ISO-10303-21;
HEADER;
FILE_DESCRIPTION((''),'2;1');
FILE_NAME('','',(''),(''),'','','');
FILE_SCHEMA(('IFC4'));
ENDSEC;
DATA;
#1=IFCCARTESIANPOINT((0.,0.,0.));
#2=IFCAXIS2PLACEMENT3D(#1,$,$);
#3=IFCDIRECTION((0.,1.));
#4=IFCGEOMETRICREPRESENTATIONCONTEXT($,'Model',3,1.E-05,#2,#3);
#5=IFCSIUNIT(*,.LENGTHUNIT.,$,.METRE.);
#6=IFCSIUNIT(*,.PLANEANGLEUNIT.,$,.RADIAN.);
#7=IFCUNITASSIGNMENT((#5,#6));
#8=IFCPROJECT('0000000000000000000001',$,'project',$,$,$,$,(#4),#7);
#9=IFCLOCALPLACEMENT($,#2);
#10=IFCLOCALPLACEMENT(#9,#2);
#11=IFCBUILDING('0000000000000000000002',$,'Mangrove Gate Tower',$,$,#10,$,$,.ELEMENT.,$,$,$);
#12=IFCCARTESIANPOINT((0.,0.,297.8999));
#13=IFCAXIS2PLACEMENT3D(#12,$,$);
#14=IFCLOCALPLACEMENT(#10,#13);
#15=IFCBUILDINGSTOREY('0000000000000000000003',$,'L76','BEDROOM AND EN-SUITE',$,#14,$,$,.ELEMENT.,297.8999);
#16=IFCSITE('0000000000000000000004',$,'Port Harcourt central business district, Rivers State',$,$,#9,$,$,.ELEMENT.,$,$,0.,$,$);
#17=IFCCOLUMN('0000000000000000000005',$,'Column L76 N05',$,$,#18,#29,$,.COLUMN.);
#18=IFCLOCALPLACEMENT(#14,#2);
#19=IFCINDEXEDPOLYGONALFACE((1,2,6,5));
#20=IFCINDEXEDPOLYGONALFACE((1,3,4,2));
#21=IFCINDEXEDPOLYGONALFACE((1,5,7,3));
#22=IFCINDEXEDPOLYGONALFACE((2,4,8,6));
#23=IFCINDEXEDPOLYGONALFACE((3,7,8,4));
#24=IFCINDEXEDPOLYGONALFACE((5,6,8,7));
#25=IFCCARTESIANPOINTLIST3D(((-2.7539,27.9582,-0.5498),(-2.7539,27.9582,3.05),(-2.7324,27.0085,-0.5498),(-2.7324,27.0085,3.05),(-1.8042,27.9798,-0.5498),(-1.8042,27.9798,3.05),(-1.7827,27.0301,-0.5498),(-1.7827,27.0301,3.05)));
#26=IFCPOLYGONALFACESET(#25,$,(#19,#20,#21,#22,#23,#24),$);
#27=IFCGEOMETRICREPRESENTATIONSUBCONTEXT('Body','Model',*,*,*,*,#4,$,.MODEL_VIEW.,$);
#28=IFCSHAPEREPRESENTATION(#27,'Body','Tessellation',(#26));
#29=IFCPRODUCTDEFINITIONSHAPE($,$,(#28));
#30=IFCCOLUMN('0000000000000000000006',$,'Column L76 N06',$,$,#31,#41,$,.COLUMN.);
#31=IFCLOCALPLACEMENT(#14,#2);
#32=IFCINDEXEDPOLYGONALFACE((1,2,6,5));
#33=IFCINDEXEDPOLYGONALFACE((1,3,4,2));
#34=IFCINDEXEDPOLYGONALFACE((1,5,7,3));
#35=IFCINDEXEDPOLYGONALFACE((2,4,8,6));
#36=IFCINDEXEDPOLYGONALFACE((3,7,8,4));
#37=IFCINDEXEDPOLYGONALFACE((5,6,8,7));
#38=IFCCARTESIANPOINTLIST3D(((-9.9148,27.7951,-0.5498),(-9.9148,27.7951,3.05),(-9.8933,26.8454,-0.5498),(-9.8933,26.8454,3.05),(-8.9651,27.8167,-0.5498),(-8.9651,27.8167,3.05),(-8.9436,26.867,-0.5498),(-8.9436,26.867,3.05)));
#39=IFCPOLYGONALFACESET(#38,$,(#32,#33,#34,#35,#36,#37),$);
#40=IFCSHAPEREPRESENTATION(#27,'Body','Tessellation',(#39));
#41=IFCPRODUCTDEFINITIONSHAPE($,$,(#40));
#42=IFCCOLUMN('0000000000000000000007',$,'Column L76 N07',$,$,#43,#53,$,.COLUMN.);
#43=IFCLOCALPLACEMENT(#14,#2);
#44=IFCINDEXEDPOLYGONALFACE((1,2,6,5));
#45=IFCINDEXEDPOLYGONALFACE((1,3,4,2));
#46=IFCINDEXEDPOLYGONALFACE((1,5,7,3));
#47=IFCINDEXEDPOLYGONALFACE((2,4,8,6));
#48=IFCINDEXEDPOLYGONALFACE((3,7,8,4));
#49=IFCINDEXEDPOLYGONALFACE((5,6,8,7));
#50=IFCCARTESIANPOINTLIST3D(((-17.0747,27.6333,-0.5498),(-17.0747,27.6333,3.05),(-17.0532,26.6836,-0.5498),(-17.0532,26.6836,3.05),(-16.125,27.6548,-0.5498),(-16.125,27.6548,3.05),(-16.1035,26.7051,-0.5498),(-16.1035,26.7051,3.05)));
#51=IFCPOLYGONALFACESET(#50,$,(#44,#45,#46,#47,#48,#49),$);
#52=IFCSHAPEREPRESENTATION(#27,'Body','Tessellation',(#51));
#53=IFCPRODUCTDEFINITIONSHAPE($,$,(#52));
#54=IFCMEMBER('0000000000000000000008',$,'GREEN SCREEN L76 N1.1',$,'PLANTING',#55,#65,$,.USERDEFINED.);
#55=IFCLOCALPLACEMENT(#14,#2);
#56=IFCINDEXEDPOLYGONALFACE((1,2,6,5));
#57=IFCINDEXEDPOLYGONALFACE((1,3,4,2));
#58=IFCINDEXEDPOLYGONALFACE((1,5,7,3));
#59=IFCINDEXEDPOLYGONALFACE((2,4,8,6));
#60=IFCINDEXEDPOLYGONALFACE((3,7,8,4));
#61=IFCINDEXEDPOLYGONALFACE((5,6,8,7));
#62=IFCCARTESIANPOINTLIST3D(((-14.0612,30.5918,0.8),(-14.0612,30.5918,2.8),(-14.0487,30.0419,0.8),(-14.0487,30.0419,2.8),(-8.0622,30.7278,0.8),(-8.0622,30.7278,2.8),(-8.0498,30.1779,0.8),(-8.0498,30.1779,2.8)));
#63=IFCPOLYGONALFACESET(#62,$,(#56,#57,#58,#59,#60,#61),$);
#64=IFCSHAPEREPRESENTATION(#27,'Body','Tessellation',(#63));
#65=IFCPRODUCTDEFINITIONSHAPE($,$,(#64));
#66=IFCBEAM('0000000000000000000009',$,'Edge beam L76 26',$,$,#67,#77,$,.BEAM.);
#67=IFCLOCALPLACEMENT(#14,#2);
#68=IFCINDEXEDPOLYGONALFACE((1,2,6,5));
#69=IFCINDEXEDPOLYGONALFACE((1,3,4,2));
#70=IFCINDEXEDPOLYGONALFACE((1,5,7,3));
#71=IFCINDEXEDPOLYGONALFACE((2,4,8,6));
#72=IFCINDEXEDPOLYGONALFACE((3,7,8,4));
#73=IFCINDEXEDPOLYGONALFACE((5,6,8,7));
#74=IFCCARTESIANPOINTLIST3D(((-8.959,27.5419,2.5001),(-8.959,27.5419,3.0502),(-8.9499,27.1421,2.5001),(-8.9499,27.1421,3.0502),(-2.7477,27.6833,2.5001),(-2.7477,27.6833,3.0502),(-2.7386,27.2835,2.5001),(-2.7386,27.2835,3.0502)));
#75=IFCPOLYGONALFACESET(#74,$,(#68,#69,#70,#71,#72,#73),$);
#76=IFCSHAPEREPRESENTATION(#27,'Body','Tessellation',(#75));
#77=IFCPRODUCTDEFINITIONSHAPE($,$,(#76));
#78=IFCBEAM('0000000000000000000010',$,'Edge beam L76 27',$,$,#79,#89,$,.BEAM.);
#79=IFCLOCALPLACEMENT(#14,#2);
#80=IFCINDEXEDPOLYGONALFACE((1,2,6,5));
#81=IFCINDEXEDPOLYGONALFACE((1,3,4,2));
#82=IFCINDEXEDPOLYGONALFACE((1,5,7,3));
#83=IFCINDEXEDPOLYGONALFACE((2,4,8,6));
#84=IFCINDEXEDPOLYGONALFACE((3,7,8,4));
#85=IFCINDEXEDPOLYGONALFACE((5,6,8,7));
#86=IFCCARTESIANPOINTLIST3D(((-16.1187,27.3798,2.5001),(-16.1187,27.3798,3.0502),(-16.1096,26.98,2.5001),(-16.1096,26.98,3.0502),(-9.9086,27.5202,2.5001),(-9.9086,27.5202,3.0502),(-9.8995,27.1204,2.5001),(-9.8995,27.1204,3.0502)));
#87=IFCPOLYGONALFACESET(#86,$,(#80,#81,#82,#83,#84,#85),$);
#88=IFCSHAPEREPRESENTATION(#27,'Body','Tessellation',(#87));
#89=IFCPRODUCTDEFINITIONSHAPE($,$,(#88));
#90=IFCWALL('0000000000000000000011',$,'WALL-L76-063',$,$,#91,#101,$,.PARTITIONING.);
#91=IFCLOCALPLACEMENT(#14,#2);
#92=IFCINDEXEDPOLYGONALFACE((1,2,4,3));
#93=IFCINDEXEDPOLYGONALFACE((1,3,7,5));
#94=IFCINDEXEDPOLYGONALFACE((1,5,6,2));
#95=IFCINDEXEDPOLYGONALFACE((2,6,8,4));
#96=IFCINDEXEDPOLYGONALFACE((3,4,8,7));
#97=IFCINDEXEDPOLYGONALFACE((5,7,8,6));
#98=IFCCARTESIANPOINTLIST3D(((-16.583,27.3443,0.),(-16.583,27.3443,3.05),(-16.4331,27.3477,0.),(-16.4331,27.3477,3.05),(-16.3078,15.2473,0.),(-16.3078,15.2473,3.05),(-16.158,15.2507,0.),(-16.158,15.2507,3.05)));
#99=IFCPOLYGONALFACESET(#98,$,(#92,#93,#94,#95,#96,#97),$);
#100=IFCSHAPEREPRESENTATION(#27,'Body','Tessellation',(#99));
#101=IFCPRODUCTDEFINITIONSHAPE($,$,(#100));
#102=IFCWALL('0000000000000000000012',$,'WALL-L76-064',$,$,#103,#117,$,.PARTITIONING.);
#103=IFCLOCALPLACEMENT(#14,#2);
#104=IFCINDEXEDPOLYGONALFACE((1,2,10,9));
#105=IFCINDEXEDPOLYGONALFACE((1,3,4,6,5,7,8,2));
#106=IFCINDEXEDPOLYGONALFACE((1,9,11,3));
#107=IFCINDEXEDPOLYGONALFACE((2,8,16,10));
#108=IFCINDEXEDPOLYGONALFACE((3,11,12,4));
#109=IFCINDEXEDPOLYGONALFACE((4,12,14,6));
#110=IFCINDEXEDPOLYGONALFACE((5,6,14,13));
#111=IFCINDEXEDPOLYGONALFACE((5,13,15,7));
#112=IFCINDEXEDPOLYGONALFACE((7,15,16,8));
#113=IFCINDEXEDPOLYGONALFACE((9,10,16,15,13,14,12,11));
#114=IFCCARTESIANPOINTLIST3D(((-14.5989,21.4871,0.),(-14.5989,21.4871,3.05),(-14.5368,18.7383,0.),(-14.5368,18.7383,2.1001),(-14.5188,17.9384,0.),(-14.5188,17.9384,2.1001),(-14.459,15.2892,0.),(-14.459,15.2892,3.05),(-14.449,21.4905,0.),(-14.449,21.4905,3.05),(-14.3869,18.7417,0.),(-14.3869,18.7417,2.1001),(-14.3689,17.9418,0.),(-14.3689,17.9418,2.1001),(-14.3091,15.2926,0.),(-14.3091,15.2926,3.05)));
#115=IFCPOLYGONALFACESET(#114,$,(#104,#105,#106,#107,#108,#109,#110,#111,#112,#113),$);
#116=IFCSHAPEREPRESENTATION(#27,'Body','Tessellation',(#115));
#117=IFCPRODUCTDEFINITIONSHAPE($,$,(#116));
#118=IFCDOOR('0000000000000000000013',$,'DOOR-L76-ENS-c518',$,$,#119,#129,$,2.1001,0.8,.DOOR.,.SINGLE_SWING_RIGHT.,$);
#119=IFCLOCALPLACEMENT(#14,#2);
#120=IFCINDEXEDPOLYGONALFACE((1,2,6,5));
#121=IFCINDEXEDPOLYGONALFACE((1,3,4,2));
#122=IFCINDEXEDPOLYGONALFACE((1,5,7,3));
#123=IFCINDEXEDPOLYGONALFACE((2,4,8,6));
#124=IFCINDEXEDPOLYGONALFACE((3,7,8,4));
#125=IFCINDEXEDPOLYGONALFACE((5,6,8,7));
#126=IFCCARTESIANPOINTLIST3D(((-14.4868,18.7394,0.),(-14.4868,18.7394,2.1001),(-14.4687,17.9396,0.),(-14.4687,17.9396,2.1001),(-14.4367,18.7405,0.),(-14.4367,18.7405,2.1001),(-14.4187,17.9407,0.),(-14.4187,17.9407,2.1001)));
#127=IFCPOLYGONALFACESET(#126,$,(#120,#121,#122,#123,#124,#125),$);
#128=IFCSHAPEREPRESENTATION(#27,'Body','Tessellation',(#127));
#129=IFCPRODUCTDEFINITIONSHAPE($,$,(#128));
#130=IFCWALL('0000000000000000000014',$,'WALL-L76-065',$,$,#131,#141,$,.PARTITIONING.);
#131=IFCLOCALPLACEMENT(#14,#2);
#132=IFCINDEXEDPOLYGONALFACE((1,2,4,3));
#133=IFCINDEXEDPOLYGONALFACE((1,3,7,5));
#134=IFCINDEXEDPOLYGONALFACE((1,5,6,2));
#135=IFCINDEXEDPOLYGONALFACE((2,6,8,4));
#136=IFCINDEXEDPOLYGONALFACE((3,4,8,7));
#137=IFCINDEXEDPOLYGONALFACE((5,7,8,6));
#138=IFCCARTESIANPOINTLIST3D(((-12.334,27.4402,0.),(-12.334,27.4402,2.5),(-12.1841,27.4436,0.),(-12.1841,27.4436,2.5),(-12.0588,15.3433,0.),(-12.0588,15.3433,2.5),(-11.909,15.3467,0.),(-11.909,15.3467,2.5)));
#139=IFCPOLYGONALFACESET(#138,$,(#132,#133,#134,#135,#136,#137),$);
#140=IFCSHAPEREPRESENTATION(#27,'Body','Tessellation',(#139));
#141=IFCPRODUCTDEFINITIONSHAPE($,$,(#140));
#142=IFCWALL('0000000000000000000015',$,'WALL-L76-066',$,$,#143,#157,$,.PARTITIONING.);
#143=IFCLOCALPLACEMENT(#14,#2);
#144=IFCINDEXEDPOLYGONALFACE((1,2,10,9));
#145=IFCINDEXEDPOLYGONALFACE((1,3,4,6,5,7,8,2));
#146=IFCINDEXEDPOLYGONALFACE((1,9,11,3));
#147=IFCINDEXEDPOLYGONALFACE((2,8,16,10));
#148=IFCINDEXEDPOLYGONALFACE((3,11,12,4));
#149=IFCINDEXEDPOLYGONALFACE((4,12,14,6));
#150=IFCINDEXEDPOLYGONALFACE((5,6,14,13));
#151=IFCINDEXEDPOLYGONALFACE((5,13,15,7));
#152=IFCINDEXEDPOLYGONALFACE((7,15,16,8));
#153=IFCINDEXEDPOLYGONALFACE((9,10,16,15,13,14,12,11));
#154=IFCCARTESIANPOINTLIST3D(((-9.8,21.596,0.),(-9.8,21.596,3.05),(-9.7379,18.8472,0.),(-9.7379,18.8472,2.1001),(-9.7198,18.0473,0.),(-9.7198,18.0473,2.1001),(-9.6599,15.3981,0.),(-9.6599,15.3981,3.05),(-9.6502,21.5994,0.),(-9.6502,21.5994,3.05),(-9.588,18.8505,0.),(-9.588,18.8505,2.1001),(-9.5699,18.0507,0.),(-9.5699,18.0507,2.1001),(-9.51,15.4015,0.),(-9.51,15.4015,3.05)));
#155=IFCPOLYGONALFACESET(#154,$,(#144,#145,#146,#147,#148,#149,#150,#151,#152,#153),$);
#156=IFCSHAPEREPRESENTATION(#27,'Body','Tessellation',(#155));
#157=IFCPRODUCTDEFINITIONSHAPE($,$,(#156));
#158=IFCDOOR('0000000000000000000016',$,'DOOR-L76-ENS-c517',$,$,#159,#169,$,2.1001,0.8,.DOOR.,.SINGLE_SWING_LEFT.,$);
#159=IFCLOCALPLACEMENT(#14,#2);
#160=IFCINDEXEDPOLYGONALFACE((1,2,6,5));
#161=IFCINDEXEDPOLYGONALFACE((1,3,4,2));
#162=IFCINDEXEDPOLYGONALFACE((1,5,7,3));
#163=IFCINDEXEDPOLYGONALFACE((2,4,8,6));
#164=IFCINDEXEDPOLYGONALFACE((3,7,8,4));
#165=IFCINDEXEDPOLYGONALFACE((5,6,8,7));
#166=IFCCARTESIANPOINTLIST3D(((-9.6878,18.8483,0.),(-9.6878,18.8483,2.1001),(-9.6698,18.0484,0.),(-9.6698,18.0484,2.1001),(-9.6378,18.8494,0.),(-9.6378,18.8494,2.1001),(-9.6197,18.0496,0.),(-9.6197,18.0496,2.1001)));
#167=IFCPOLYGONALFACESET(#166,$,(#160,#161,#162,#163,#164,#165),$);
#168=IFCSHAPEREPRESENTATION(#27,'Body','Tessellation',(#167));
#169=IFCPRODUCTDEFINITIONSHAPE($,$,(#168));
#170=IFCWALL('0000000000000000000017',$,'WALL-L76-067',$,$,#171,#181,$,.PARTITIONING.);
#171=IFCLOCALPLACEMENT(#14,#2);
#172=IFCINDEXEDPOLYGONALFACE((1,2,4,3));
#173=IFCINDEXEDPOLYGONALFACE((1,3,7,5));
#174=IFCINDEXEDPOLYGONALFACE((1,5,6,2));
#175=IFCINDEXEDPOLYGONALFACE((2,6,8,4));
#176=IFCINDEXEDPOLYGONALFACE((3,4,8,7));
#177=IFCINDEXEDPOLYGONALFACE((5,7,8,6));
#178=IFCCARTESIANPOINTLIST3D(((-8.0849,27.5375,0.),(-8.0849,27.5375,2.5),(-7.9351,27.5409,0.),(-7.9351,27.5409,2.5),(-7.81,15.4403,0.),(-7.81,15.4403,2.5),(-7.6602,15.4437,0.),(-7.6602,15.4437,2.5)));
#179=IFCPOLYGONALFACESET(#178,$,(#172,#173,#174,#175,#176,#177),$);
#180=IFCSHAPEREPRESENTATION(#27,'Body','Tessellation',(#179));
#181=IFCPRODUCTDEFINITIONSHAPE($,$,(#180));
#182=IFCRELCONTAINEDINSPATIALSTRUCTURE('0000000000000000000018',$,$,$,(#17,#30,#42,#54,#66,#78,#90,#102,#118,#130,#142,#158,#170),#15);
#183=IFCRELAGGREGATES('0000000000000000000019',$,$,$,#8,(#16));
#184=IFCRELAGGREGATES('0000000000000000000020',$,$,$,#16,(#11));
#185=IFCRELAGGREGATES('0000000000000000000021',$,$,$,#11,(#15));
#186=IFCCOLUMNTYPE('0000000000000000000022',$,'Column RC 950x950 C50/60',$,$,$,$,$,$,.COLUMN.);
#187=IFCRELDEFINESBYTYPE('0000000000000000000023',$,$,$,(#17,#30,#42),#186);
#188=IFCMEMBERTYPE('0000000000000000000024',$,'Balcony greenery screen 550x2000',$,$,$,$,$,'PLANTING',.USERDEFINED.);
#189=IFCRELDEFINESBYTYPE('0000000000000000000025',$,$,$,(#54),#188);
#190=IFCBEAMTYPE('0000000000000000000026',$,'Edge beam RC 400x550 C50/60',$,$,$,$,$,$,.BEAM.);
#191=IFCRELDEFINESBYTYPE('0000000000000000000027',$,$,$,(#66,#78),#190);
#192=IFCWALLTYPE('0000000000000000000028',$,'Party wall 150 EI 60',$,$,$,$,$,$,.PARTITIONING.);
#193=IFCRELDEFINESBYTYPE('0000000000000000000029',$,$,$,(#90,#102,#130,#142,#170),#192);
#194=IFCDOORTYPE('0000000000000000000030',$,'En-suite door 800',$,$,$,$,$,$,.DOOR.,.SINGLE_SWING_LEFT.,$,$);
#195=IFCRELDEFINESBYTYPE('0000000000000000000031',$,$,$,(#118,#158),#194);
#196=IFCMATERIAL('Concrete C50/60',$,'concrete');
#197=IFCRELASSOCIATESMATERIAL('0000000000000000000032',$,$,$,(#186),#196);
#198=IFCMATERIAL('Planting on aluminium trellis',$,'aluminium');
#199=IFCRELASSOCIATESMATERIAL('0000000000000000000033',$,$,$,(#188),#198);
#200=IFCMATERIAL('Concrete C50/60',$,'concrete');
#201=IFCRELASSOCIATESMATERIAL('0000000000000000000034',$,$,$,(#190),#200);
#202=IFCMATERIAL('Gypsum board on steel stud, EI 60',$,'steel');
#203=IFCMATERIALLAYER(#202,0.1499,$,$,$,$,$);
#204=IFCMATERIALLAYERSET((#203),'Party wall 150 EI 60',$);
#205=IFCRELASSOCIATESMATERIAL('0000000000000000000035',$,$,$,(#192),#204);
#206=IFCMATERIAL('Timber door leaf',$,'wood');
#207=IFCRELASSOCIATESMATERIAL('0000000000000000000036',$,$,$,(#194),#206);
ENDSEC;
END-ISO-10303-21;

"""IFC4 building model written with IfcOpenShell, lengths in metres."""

from ifc_helpers import new_model, si_unit, direction, frame, frame_2d, origin, origin_2d, place, context, subcontext, project, spatial, rectangle, extrude, material, layer, layer_set, material_profile, profile_set, type_object, element, fill, save


model = new_model("IFC4")

# Units and contexts
model_context = context("Model", 3, precision=1e-05, world=origin(), true_north=direction((0.0, 1.0)))
body_context = subcontext(model_context, "Body", "Model", "MODEL_VIEW")
ifc_project = project(units=[si_unit("LENGTHUNIT", "METRE"), si_unit("PLANEANGLEUNIT", "RADIAN")], contexts=[model_context])

# Site, building, storey
site_placement = place(None, origin())
site = spatial("IfcSite", under=ifc_project, at=site_placement, Name="Port Harcourt central business district, Rivers State", CompositionType="ELEMENT", RefElevation=0.0)
building_placement = place(site_placement, origin())
building = spatial("IfcBuilding", under=site, at=building_placement, Name="Mangrove Gate Tower", CompositionType="ELEMENT")
storey_placement = place(building_placement, frame((0.0, 0.0, 297.8999)))
storey = spatial("IfcBuildingStorey", under=building, at=storey_placement, Name="L76", Description="BEDROOM AND EN-SUITE", CompositionType="ELEMENT", Elevation=297.8999)

# Columns
ifc_material_1 = material(Name="Concrete C50/60", Category="concrete")
ifc_material_profile_1 = material_profile(ifc_material_1, rectangle(XDim=0.95, YDim=0.95, at=origin_2d()))
ifc_profile_set_1 = profile_set([ifc_material_profile_1], Name="Concrete C50/60")
column_type = type_object("IfcColumnType", Name="Column RC 950x950 C50/60", PredefinedType="COLUMN", material=ifc_profile_set_1)
for number, where, z_axis, x_axis, name in (
    (1, (-2.2683, 27.4941, -0.5498), (0.0, 0.0, 1.0), (-0.999743, -0.022688, 0.0), "Column L76 N05"),
    (2, (-9.4292, 27.3311, -0.5498), (0.0, 0.0, 1.0), (-0.999743, -0.022688, 0.0), "Column L76 N06"),
    (3, (-16.5891, 27.1692, -0.5498), (0.0, 0.0, 1.0), (-0.999743, -0.022688, 0.0), "Column L76 N07"),
):
    element("IfcColumn", number, at=place(storey_placement, frame(where, z_axis=z_axis, x_axis=x_axis)), inside=storey, type_object=column_type, Name=name, PredefinedType="COLUMN", context=body_context, shape_type="SweptSolid", body=[
        extrude(rectangle(XDim=0.95, YDim=0.95, at=origin_2d()), origin(), (0.0, 0.0, 1.0), 3.5999),
    ])

# Member
ifc_material_2 = material(Name="Planting on aluminium trellis", Category="aluminium")
ifc_material_profile_2 = material_profile(ifc_material_2, rectangle(XDim=0.55, YDim=2.0, at=origin_2d()))
ifc_profile_set_2 = profile_set([ifc_material_profile_2], Name="Planting on aluminium trellis")
member_type = type_object("IfcMemberType", Name="Balcony greenery screen 550x2000", ElementType="PLANTING", PredefinedType="USERDEFINED", material=ifc_profile_set_2)
member_placement = place(storey_placement, frame((-14.0549, 30.3169, 1.8), z_axis=(0.999743, 0.022662, 0.0), x_axis=(-0.022662, 0.999743, 0.0)))
element("IfcMember", 4, at=member_placement, inside=storey, type_object=member_type, Name="GREEN SCREEN L76 N1.1", ObjectType="PLANTING", PredefinedType="USERDEFINED", context=body_context, shape_type="SweptSolid", body=[
    extrude(rectangle(XDim=0.55, YDim=2.0, at=origin_2d()), origin(), (0.0, 0.0, 1.0), 6.0005),
])

# Beams
ifc_material_3 = material(Name="Concrete C50/60", Category="concrete")
ifc_material_profile_3 = material_profile(ifc_material_3, rectangle(XDim=0.3999, YDim=0.55, at=origin_2d()))
ifc_profile_set_3 = profile_set([ifc_material_profile_3], Name="Concrete C50/60")
beam_type = type_object("IfcBeamType", Name="Edge beam RC 400x550 C50/60", PredefinedType="BEAM", material=ifc_profile_set_3)
beam_1_placement = place(storey_placement, frame((-2.7432, 27.4834, 2.7751), z_axis=(-0.999741, -0.022753, 0.0), x_axis=(0.022753, -0.999741, 0.0)))
element("IfcBeam", 5, at=beam_1_placement, inside=storey, type_object=beam_type, Name="Edge beam L76 26", PredefinedType="BEAM", context=body_context, shape_type="SweptSolid", body=[
    extrude(rectangle(XDim=0.3999, YDim=0.55, at=origin_2d()), origin(), (0.0, 0.0, 1.0), 6.2129),
])
beam_2_placement = place(storey_placement, frame((-9.9041, 27.3203, 2.7751), z_axis=(-0.999745, -0.022599, 0.0), x_axis=(0.022599, -0.999745, 0.0)))
element("IfcBeam", 6, at=beam_2_placement, inside=storey, type_object=beam_type, Name="Edge beam L76 27", PredefinedType="BEAM", context=body_context, shape_type="SweptSolid", body=[
    extrude(rectangle(XDim=0.3999, YDim=0.55, at=origin_2d()), origin(), (0.0, 0.0, 1.0), 6.2117),
])

# Wall
ifc_material_4 = material(Name="Gypsum board on steel stud, EI 60", Category="steel")
ifc_layer_1 = layer(ifc_material_4, 0.1499)
ifc_layer_set_1 = layer_set([ifc_layer_1], Name="Party wall 150 EI 60")
wall_type_1 = type_object("IfcWallType", Name="Party wall 150 EI 60", PredefinedType="PARTITIONING", material=ifc_layer_set_1)
wall_1_placement = place(storey_placement, frame((-16.2329, 15.249, 0.0), z_axis=(0.0, 0.0, 1.0), x_axis=(-0.022739, 0.999741, 0.0)))
element("IfcWall", 7, at=wall_1_placement, inside=storey, type_object=wall_type_1, Name="WALL-L76-063", PredefinedType="PARTITIONING", context=body_context, shape_type="SweptSolid", body=[
    extrude(rectangle(XDim=12.1001, YDim=0.1499, at=frame_2d((6.05, 0.0))), origin(), (0.0, 0.0, 1.0), 3.05),
])

# Wall, opening, door
wall_2_placement = place(storey_placement, frame((-14.384, 15.291, 0.0), z_axis=(0.0, 0.0, 1.0), x_axis=(-0.022565, 0.999745, 0.0)))
wall_2 = element("IfcWall", 8, at=wall_2_placement, inside=storey, type_object=wall_type_1, Name="WALL-L76-064", PredefinedType="PARTITIONING", context=body_context, shape_type="SweptSolid", body=[
    extrude(rectangle(XDim=6.1995, YDim=0.1499, at=frame_2d((3.0996, 0.0))), origin(), (0.0, 0.0, 1.0), 3.05),
])
opening_1_placement = place(wall_2_placement, frame((2.6499, 0.0, 0.0)))
opening_1 = element("IfcOpeningElement", 9, at=opening_1_placement, cuts=wall_2, PredefinedType="OPENING", context=body_context, shape_type="SweptSolid", body=[
    extrude(rectangle(XDim=0.8, YDim=2.1001, at=frame_2d((0.3999, 1.05))), frame((0.0, 0.085, 0.0), z_axis=(0.0, -1.0, 0.0), x_axis=(1.0, 0.0, 0.0)), (0.0, 0.0, 1.0), 0.1699),
])
ifc_material_5 = material(Name="Timber door leaf", Category="wood")
door_type = type_object("IfcDoorType", Name="En-suite door 800", OperationType="SINGLE_SWING_LEFT", PredefinedType="DOOR", material=ifc_material_5)
door_1_placement = place(opening_1_placement, origin())
door_1 = element("IfcDoor", 10, at=door_1_placement, inside=storey, type_object=door_type, Name="DOOR-L76-ENS-c518", OperationType="SINGLE_SWING_RIGHT", OverallHeight=2.1001, OverallWidth=0.8, PredefinedType="DOOR", context=body_context, shape_type="SweptSolid", body=[
    extrude(rectangle(XDim=0.8, YDim=2.1001, at=frame_2d((0.3999, 1.05))), frame((0.0, 0.0249, 0.0), z_axis=(0.0, -1.0, 0.0), x_axis=(1.0, 0.0, 0.0)), (0.0, 0.0, 1.0), 0.05),
])
fill(opening_1, door_1)

# Wall
wall_3_placement = place(storey_placement, frame((-11.9839, 15.345, 0.0), z_axis=(0.0, 0.0, 1.0), x_axis=(-0.022739, 0.999741, 0.0)))
element("IfcWall", 11, at=wall_3_placement, inside=storey, type_object=wall_type_1, Name="WALL-L76-065", PredefinedType="PARTITIONING", context=body_context, shape_type="SweptSolid", body=[
    extrude(rectangle(XDim=12.1001, YDim=0.1499, at=frame_2d((6.05, 0.0))), origin(), (0.0, 0.0, 1.0), 2.5),
])

# Wall, opening, door
wall_4_placement = place(storey_placement, frame((-9.585, 15.3999, 0.0), z_axis=(0.0, 0.0, 1.0), x_axis=(-0.022604, 0.999744, 0.0)))
wall_4 = element("IfcWall", 12, at=wall_4_placement, inside=storey, type_object=wall_type_1, Name="WALL-L76-066", PredefinedType="PARTITIONING", context=body_context, shape_type="SweptSolid", body=[
    extrude(rectangle(XDim=6.1995, YDim=0.1499, at=frame_2d((3.0996, 0.0))), origin(), (0.0, 0.0, 1.0), 3.05),
])
opening_2_placement = place(wall_4_placement, frame((2.6499, 0.0, 0.0)))
opening_2 = element("IfcOpeningElement", 13, at=opening_2_placement, cuts=wall_4, PredefinedType="OPENING", context=body_context, shape_type="SweptSolid", body=[
    extrude(rectangle(XDim=0.8, YDim=2.1001, at=frame_2d((0.3999, 1.05))), frame((0.0, 0.085, 0.0), z_axis=(0.0, -1.0, 0.0), x_axis=(1.0, 0.0, 0.0)), (0.0, 0.0, 1.0), 0.1699),
])
door_2_placement = place(opening_2_placement, origin())
door_2 = element("IfcDoor", 14, at=door_2_placement, inside=storey, type_object=door_type, Name="DOOR-L76-ENS-c517", OperationType="SINGLE_SWING_LEFT", OverallHeight=2.1001, OverallWidth=0.8, PredefinedType="DOOR", context=body_context, shape_type="SweptSolid", body=[
    extrude(rectangle(XDim=0.8, YDim=2.1001, at=frame_2d((0.3999, 1.05))), frame((0.0, 0.0249, 0.0), z_axis=(0.0, -1.0, 0.0), x_axis=(1.0, 0.0, 0.0)), (0.0, 0.0, 1.0), 0.05),
])
fill(opening_2, door_2)

# Wall
wall_5_placement = place(storey_placement, frame((-7.7351, 15.4419, 0.0), z_axis=(0.0, 0.0, 1.0), x_axis=(-0.022719, 0.999742, 0.0)))
element("IfcWall", 15, at=wall_5_placement, inside=storey, type_object=wall_type_1, Name="WALL-L76-067", PredefinedType="PARTITIONING", context=body_context, shape_type="SweptSolid", body=[
    extrude(rectangle(XDim=12.1003, YDim=0.1499, at=frame_2d((6.0503, 0.0))), origin(), (0.0, 0.0, 1.0), 2.5),
])

save(model, "model.ifc")
